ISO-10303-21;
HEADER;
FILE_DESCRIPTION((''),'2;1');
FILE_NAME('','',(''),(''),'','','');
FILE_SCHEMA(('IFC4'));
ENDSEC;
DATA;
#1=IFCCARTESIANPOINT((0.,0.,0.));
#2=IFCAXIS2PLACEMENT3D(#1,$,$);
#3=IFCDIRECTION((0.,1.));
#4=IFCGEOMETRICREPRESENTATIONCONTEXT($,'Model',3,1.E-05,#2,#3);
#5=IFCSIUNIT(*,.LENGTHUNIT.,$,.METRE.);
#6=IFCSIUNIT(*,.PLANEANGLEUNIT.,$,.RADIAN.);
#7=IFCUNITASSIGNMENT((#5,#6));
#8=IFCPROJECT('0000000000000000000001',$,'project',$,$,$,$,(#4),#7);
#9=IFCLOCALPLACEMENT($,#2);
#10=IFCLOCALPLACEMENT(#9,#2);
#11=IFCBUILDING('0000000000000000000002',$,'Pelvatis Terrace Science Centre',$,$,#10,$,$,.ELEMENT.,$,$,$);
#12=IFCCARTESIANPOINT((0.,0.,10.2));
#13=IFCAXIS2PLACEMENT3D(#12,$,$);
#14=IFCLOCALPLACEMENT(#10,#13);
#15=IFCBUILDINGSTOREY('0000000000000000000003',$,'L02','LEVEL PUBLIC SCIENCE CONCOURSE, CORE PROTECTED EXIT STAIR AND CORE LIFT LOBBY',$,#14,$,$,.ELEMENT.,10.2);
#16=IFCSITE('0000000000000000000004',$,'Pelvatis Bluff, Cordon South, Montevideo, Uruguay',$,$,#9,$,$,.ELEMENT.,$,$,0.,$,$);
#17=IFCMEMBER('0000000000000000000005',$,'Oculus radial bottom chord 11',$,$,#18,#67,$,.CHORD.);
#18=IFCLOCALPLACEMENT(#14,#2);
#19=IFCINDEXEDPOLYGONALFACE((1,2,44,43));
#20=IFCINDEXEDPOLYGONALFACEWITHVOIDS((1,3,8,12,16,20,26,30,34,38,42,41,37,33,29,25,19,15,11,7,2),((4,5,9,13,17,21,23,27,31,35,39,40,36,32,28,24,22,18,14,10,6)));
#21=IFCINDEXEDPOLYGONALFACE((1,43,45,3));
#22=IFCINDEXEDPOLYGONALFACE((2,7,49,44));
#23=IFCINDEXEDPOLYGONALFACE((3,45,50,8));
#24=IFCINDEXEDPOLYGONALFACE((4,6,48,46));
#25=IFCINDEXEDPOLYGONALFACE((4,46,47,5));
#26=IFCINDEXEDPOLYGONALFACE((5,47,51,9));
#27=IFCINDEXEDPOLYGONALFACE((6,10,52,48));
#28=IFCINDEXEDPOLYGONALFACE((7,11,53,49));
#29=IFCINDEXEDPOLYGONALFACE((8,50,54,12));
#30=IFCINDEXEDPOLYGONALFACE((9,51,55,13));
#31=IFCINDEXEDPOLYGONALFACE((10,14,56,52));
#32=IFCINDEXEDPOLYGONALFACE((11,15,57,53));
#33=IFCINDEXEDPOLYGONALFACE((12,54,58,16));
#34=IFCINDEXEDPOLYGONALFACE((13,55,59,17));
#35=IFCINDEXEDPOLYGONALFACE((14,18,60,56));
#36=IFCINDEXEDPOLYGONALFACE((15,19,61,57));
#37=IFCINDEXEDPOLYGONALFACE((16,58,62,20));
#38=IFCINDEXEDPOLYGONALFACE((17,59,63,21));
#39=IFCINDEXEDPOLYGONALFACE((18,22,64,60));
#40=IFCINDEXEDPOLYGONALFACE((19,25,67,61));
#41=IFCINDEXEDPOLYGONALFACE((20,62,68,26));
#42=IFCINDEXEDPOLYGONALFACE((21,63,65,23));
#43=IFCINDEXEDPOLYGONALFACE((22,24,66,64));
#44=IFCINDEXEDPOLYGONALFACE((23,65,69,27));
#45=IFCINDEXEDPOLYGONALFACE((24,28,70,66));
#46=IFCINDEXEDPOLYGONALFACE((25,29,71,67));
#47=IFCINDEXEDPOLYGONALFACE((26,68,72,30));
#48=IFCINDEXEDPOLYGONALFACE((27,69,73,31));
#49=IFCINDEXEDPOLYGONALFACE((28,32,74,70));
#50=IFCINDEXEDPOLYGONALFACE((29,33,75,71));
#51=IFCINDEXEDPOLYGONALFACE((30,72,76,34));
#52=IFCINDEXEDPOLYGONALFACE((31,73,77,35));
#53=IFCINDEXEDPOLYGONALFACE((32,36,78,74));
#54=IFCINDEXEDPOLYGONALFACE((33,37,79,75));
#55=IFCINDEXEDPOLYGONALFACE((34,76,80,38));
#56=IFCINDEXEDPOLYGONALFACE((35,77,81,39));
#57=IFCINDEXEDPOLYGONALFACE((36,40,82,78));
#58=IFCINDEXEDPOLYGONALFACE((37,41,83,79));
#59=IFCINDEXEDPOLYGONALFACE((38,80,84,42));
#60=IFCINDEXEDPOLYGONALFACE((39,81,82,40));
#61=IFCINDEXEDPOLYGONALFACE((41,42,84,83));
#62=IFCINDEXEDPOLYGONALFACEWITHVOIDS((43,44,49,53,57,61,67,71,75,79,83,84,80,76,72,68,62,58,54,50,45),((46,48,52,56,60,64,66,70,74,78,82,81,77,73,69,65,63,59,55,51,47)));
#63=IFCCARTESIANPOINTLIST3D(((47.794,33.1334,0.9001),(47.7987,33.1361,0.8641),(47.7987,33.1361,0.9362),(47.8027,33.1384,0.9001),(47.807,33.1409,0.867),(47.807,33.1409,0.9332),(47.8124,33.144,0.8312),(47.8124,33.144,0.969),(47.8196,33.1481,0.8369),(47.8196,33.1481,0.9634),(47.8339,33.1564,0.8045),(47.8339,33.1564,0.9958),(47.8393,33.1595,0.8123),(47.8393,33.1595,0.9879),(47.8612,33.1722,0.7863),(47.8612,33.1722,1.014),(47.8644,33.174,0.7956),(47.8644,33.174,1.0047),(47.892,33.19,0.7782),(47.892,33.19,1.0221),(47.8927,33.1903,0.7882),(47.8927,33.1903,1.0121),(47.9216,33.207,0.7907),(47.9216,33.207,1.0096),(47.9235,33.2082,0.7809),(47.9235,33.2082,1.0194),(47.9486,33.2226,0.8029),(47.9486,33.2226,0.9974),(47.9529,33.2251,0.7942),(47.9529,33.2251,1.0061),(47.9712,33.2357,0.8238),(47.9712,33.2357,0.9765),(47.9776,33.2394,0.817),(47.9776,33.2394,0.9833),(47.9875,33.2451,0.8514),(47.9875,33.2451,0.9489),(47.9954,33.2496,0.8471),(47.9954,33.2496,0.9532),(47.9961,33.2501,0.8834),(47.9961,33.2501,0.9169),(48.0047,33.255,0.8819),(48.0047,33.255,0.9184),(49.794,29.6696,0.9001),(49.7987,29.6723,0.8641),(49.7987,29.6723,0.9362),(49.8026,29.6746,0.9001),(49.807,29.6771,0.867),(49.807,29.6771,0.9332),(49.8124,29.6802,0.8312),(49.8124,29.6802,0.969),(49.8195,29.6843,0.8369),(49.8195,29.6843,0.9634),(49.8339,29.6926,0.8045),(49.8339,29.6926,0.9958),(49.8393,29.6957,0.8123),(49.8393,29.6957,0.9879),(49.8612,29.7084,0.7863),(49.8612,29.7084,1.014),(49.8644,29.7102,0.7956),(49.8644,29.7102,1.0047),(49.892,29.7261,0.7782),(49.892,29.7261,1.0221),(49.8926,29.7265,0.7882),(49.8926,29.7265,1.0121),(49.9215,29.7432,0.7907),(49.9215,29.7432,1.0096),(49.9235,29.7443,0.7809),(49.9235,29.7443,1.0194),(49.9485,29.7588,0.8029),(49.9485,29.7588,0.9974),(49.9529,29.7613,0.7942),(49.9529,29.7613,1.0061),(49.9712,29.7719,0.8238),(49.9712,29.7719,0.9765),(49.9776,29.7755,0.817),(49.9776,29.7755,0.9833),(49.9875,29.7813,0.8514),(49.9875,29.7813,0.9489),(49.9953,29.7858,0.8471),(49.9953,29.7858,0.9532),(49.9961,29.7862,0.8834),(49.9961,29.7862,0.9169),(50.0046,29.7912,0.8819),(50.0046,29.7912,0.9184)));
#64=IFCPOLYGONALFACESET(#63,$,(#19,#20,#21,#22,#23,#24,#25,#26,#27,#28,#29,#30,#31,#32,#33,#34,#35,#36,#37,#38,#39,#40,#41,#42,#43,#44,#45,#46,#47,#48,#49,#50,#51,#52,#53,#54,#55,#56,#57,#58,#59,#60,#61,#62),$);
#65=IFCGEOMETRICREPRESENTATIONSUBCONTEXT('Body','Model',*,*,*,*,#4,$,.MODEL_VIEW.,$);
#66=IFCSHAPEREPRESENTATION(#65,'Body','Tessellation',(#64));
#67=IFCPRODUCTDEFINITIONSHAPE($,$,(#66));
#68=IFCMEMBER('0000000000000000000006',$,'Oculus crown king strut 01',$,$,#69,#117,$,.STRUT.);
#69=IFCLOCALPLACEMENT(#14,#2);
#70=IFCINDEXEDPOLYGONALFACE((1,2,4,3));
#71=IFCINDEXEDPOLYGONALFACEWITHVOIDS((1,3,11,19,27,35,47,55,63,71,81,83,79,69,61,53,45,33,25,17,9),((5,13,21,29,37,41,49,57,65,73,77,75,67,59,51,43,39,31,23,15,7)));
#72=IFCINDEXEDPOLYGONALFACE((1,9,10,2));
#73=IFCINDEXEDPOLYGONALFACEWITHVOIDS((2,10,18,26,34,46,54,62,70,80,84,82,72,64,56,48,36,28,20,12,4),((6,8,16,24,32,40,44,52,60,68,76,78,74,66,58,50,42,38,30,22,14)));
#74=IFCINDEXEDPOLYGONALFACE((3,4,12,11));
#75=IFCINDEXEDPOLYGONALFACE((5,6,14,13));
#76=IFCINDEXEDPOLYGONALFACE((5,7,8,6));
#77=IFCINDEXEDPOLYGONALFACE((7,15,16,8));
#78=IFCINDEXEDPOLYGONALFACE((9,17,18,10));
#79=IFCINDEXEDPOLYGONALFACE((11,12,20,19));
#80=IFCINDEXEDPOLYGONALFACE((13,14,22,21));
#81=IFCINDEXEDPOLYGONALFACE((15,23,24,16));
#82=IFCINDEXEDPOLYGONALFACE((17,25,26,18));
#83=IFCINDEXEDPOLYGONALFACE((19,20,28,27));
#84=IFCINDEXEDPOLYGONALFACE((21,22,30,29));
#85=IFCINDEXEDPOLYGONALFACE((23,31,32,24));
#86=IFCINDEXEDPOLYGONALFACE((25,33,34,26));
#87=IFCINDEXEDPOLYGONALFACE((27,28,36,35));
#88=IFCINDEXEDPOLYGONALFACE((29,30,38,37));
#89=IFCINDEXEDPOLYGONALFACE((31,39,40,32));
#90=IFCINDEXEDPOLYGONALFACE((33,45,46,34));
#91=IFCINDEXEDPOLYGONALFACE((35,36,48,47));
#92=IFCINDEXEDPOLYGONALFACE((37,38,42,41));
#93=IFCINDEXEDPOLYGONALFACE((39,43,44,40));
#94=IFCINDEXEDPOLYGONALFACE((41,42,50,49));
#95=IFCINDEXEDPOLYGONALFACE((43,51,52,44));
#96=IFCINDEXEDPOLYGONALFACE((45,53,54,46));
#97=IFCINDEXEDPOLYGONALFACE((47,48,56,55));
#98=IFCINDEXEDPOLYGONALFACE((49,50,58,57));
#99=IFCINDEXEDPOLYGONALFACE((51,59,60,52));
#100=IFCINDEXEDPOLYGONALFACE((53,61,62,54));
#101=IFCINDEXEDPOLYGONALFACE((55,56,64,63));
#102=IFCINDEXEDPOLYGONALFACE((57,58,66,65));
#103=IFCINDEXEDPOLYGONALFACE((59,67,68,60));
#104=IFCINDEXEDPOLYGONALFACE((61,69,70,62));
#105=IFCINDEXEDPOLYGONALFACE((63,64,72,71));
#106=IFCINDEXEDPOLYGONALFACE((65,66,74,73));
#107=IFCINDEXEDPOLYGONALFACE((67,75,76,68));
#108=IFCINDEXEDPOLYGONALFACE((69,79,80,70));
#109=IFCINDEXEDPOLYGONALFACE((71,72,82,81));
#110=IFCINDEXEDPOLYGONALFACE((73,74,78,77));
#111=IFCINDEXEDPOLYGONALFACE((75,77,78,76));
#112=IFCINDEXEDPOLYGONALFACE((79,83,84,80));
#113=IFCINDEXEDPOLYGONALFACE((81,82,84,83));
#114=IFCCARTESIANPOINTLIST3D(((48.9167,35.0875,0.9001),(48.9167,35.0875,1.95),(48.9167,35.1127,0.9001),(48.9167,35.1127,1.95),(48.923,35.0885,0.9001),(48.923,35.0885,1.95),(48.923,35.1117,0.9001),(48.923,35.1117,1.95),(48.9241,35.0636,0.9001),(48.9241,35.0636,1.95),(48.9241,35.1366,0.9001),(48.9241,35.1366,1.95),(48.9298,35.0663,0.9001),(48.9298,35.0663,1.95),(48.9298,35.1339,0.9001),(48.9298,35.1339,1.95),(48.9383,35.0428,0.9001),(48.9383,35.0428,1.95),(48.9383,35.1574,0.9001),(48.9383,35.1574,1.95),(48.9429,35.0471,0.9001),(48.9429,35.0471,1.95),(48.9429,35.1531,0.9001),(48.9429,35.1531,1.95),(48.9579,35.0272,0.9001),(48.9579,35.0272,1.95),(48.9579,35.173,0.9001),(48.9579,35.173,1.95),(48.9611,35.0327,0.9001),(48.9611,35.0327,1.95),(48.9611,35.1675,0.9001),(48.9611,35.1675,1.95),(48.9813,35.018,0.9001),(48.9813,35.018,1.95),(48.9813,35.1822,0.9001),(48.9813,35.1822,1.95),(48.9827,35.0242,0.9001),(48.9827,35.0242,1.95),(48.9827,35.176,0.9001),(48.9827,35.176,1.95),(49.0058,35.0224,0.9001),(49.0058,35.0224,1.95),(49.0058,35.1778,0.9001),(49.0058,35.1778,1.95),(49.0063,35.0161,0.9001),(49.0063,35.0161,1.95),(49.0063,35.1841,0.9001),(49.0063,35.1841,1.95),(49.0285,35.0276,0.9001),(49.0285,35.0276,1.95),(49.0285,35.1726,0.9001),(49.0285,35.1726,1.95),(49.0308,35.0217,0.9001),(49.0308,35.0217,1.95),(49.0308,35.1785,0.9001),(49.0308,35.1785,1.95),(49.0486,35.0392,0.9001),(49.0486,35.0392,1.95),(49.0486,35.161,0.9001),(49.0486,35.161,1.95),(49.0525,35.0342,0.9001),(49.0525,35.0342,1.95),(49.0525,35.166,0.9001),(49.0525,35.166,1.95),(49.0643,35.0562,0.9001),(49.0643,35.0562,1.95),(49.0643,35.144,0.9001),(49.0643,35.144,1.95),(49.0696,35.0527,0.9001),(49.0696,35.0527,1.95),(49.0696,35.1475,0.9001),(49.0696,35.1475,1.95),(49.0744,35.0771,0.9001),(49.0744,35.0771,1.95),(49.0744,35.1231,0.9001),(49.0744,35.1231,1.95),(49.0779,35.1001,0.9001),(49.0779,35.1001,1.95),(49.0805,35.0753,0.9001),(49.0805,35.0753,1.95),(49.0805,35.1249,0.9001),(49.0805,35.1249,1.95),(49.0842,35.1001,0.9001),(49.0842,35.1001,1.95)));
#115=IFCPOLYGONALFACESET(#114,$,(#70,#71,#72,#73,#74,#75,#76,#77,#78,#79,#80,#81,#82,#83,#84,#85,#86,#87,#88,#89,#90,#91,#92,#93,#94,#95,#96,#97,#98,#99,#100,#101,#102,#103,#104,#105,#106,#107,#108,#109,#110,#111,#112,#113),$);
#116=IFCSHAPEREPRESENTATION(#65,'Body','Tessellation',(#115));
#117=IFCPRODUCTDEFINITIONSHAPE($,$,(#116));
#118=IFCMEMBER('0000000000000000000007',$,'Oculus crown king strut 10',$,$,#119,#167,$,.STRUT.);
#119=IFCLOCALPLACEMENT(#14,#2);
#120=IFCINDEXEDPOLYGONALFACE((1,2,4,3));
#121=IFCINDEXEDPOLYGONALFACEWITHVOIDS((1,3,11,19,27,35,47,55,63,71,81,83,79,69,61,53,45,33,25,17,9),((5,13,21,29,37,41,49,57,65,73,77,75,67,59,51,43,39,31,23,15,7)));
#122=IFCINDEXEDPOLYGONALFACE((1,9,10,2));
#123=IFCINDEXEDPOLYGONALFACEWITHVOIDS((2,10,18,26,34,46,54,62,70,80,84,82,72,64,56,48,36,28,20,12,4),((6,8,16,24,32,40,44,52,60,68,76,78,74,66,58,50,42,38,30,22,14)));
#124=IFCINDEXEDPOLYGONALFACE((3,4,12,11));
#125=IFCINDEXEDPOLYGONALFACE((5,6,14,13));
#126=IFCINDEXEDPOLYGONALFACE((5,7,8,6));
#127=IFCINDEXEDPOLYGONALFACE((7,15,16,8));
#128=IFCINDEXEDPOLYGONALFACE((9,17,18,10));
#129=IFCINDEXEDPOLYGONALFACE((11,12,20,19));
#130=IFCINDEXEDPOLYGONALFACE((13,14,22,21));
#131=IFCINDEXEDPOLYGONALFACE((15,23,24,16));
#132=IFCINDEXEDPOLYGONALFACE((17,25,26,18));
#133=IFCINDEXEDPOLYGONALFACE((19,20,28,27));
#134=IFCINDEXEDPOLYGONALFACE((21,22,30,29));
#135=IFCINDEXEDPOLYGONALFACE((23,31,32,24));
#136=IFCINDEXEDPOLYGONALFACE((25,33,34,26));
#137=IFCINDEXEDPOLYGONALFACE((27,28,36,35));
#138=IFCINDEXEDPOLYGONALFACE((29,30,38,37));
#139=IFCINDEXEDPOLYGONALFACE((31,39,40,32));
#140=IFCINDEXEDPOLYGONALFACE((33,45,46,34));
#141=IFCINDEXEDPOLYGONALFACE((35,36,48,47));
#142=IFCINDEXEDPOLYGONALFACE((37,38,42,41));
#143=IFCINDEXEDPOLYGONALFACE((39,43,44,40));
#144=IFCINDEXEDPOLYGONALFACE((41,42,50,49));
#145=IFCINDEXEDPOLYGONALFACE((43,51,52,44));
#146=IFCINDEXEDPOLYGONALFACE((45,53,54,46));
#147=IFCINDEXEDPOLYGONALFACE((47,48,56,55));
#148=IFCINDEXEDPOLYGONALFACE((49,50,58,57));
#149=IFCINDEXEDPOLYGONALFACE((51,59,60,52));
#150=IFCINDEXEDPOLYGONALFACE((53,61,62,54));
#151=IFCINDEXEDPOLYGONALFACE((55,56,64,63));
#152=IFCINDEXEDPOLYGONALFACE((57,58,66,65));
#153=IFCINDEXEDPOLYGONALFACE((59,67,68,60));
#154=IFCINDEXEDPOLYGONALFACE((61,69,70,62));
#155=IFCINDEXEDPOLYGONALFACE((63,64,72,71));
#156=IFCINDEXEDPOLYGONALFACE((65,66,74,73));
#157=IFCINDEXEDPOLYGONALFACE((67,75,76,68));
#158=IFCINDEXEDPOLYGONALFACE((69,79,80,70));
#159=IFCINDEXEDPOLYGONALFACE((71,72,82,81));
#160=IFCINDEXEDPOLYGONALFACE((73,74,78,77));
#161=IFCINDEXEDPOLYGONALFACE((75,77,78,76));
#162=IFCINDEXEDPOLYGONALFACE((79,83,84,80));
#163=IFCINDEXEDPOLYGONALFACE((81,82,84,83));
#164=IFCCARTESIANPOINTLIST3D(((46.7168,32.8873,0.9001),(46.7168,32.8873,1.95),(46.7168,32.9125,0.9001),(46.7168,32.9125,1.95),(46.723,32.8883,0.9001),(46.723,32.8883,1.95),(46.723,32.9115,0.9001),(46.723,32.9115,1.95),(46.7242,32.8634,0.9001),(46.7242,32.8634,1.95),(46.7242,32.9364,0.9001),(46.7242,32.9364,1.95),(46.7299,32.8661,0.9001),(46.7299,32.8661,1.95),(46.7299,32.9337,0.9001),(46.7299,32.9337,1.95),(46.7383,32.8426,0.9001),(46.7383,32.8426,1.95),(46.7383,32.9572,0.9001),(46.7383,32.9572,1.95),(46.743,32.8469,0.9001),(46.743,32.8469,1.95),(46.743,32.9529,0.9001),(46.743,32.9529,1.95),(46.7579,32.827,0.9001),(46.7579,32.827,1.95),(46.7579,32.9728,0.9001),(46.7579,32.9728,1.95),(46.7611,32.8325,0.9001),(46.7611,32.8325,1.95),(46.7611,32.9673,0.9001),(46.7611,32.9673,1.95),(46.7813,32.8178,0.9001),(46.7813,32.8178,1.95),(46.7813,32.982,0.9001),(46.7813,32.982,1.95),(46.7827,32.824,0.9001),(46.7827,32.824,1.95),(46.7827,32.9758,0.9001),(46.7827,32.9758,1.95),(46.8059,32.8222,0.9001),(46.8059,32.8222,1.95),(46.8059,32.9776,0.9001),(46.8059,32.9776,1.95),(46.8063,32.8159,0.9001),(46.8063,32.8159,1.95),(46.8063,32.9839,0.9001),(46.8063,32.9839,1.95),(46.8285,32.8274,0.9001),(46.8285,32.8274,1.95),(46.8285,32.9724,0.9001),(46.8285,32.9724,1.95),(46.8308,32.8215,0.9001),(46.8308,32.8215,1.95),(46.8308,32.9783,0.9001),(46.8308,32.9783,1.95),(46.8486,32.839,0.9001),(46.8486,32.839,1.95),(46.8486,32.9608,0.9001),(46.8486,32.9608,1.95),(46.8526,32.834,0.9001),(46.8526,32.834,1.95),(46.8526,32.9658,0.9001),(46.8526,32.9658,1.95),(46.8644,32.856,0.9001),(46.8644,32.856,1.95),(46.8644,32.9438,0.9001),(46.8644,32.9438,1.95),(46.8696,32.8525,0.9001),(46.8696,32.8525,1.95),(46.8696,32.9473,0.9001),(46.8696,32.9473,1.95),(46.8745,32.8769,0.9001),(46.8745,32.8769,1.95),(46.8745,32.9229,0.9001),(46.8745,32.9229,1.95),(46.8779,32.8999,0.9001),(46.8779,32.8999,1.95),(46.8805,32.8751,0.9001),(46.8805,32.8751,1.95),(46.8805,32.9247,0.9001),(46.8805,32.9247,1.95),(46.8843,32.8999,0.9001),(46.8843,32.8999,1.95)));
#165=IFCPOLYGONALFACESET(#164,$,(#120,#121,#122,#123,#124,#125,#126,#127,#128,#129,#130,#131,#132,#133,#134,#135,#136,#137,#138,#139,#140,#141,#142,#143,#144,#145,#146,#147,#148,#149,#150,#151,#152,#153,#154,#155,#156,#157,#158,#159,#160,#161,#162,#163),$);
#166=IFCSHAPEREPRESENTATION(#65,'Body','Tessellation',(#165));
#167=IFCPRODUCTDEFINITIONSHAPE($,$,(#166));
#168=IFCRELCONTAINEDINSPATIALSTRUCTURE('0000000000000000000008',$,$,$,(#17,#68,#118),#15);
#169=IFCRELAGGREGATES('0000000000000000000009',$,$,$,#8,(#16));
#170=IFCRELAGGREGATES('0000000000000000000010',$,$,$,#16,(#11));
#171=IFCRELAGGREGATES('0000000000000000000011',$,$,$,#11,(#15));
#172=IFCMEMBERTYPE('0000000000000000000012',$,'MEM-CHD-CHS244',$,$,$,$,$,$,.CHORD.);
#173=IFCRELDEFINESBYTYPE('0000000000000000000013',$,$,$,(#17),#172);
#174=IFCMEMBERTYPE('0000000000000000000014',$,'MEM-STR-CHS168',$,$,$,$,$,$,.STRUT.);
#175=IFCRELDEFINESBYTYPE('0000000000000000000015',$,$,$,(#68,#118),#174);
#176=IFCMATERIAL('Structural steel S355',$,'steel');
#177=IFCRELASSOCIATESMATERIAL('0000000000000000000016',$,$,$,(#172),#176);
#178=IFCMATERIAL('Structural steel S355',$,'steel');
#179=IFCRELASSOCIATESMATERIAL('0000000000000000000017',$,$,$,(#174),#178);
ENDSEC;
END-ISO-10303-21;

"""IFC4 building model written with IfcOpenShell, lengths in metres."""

from ifc_helpers import new_model, si_unit, direction, frame, origin, origin_2d, place, context, subcontext, project, spatial, hollow_circle, extrude, material, material_profile, profile_set, type_object, element, save


model = new_model("IFC4")

# Units and contexts
model_context = context("Model", 3, precision=1e-05, world=origin(), true_north=direction((0.0, 1.0)))
body_context = subcontext(model_context, "Body", "Model", "MODEL_VIEW")
ifc_project = project(units=[si_unit("LENGTHUNIT", "METRE"), si_unit("PLANEANGLEUNIT", "RADIAN")], contexts=[model_context])

# Site, building, storey
site_placement = place(None, origin())
site = spatial("IfcSite", under=ifc_project, at=site_placement, Name="Pelvatis Bluff, Cordon South, Montevideo, Uruguay", CompositionType="ELEMENT", RefElevation=0.0)
building_placement = place(site_placement, origin())
building = spatial("IfcBuilding", under=site, at=building_placement, Name="Pelvatis Terrace Science Centre", CompositionType="ELEMENT")
storey_placement = place(building_placement, frame((0.0, 0.0, 10.2)))
storey = spatial("IfcBuildingStorey", under=building, at=storey_placement, Name="L02", Description="LEVEL PUBLIC SCIENCE CONCOURSE, CORE PROTECTED EXIT STAIR AND CORE LIFT LOBBY", CompositionType="ELEMENT", Elevation=10.2)

# Members
ifc_material_1 = material(Name="Structural steel S355", Category="steel")
ifc_material_profile_1 = material_profile(ifc_material_1, hollow_circle(Radius=0.1223, WallThickness=0.01, at=origin_2d()), Name="CHS 244.5x10.0")
ifc_profile_set_1 = profile_set([ifc_material_profile_1], Name="Structural steel S355")
member_type_1 = type_object("IfcMemberType", Name="MEM-CHD-CHS244", PredefinedType="CHORD", material=ifc_profile_set_1)
member_1_placement = place(storey_placement, frame((49.8999, 29.7307, 0.9001), z_axis=(-0.500025, 0.866011, 0.0), x_axis=(-0.866011, -0.500025, 0.0)))
element("IfcMember", 1, at=member_1_placement, inside=storey, type_object=member_type_1, Name="Oculus radial bottom chord 11", PredefinedType="CHORD", context=body_context, shape_type="SweptSolid", body=[
    extrude(hollow_circle(Radius=0.1223, WallThickness=0.01, at=origin_2d()), origin(), (0.0, 0.0, 1.0), 3.9998),
])
ifc_material_2 = material(Name="Structural steel S355", Category="steel")
ifc_material_profile_2 = material_profile(ifc_material_2, hollow_circle(Radius=0.0842, WallThickness=0.0063, at=origin_2d()), Name="CHS 168.3x6.3")
ifc_profile_set_2 = profile_set([ifc_material_profile_2], Name="Structural steel S355")
member_type_2 = type_object("IfcMemberType", Name="MEM-STR-CHS168", PredefinedType="STRUT", material=ifc_profile_set_2)
for number, where, z_axis, x_axis, name in (
    (2, (49.0, 35.1001, 0.9001), (0.0, 0.0, 1.0), (1.0, 0.0, 0.0), "Oculus crown king strut 01"),
    (3, (46.8, 32.8999, 0.9001), (0.0, 0.0, 1.0), (1.0, 0.0, 0.0), "Oculus crown king strut 10"),
):
    element("IfcMember", number, at=place(storey_placement, frame(where, z_axis=z_axis, x_axis=x_axis)), inside=storey, type_object=member_type_2, Name=name, PredefinedType="STRUT", context=body_context, shape_type="SweptSolid", body=[
        extrude(hollow_circle(Radius=0.0842, WallThickness=0.0063, at=origin_2d()), origin(), (0.0, 0.0, 1.0), 1.0498),
    ])

save(model, "model.ifc")
